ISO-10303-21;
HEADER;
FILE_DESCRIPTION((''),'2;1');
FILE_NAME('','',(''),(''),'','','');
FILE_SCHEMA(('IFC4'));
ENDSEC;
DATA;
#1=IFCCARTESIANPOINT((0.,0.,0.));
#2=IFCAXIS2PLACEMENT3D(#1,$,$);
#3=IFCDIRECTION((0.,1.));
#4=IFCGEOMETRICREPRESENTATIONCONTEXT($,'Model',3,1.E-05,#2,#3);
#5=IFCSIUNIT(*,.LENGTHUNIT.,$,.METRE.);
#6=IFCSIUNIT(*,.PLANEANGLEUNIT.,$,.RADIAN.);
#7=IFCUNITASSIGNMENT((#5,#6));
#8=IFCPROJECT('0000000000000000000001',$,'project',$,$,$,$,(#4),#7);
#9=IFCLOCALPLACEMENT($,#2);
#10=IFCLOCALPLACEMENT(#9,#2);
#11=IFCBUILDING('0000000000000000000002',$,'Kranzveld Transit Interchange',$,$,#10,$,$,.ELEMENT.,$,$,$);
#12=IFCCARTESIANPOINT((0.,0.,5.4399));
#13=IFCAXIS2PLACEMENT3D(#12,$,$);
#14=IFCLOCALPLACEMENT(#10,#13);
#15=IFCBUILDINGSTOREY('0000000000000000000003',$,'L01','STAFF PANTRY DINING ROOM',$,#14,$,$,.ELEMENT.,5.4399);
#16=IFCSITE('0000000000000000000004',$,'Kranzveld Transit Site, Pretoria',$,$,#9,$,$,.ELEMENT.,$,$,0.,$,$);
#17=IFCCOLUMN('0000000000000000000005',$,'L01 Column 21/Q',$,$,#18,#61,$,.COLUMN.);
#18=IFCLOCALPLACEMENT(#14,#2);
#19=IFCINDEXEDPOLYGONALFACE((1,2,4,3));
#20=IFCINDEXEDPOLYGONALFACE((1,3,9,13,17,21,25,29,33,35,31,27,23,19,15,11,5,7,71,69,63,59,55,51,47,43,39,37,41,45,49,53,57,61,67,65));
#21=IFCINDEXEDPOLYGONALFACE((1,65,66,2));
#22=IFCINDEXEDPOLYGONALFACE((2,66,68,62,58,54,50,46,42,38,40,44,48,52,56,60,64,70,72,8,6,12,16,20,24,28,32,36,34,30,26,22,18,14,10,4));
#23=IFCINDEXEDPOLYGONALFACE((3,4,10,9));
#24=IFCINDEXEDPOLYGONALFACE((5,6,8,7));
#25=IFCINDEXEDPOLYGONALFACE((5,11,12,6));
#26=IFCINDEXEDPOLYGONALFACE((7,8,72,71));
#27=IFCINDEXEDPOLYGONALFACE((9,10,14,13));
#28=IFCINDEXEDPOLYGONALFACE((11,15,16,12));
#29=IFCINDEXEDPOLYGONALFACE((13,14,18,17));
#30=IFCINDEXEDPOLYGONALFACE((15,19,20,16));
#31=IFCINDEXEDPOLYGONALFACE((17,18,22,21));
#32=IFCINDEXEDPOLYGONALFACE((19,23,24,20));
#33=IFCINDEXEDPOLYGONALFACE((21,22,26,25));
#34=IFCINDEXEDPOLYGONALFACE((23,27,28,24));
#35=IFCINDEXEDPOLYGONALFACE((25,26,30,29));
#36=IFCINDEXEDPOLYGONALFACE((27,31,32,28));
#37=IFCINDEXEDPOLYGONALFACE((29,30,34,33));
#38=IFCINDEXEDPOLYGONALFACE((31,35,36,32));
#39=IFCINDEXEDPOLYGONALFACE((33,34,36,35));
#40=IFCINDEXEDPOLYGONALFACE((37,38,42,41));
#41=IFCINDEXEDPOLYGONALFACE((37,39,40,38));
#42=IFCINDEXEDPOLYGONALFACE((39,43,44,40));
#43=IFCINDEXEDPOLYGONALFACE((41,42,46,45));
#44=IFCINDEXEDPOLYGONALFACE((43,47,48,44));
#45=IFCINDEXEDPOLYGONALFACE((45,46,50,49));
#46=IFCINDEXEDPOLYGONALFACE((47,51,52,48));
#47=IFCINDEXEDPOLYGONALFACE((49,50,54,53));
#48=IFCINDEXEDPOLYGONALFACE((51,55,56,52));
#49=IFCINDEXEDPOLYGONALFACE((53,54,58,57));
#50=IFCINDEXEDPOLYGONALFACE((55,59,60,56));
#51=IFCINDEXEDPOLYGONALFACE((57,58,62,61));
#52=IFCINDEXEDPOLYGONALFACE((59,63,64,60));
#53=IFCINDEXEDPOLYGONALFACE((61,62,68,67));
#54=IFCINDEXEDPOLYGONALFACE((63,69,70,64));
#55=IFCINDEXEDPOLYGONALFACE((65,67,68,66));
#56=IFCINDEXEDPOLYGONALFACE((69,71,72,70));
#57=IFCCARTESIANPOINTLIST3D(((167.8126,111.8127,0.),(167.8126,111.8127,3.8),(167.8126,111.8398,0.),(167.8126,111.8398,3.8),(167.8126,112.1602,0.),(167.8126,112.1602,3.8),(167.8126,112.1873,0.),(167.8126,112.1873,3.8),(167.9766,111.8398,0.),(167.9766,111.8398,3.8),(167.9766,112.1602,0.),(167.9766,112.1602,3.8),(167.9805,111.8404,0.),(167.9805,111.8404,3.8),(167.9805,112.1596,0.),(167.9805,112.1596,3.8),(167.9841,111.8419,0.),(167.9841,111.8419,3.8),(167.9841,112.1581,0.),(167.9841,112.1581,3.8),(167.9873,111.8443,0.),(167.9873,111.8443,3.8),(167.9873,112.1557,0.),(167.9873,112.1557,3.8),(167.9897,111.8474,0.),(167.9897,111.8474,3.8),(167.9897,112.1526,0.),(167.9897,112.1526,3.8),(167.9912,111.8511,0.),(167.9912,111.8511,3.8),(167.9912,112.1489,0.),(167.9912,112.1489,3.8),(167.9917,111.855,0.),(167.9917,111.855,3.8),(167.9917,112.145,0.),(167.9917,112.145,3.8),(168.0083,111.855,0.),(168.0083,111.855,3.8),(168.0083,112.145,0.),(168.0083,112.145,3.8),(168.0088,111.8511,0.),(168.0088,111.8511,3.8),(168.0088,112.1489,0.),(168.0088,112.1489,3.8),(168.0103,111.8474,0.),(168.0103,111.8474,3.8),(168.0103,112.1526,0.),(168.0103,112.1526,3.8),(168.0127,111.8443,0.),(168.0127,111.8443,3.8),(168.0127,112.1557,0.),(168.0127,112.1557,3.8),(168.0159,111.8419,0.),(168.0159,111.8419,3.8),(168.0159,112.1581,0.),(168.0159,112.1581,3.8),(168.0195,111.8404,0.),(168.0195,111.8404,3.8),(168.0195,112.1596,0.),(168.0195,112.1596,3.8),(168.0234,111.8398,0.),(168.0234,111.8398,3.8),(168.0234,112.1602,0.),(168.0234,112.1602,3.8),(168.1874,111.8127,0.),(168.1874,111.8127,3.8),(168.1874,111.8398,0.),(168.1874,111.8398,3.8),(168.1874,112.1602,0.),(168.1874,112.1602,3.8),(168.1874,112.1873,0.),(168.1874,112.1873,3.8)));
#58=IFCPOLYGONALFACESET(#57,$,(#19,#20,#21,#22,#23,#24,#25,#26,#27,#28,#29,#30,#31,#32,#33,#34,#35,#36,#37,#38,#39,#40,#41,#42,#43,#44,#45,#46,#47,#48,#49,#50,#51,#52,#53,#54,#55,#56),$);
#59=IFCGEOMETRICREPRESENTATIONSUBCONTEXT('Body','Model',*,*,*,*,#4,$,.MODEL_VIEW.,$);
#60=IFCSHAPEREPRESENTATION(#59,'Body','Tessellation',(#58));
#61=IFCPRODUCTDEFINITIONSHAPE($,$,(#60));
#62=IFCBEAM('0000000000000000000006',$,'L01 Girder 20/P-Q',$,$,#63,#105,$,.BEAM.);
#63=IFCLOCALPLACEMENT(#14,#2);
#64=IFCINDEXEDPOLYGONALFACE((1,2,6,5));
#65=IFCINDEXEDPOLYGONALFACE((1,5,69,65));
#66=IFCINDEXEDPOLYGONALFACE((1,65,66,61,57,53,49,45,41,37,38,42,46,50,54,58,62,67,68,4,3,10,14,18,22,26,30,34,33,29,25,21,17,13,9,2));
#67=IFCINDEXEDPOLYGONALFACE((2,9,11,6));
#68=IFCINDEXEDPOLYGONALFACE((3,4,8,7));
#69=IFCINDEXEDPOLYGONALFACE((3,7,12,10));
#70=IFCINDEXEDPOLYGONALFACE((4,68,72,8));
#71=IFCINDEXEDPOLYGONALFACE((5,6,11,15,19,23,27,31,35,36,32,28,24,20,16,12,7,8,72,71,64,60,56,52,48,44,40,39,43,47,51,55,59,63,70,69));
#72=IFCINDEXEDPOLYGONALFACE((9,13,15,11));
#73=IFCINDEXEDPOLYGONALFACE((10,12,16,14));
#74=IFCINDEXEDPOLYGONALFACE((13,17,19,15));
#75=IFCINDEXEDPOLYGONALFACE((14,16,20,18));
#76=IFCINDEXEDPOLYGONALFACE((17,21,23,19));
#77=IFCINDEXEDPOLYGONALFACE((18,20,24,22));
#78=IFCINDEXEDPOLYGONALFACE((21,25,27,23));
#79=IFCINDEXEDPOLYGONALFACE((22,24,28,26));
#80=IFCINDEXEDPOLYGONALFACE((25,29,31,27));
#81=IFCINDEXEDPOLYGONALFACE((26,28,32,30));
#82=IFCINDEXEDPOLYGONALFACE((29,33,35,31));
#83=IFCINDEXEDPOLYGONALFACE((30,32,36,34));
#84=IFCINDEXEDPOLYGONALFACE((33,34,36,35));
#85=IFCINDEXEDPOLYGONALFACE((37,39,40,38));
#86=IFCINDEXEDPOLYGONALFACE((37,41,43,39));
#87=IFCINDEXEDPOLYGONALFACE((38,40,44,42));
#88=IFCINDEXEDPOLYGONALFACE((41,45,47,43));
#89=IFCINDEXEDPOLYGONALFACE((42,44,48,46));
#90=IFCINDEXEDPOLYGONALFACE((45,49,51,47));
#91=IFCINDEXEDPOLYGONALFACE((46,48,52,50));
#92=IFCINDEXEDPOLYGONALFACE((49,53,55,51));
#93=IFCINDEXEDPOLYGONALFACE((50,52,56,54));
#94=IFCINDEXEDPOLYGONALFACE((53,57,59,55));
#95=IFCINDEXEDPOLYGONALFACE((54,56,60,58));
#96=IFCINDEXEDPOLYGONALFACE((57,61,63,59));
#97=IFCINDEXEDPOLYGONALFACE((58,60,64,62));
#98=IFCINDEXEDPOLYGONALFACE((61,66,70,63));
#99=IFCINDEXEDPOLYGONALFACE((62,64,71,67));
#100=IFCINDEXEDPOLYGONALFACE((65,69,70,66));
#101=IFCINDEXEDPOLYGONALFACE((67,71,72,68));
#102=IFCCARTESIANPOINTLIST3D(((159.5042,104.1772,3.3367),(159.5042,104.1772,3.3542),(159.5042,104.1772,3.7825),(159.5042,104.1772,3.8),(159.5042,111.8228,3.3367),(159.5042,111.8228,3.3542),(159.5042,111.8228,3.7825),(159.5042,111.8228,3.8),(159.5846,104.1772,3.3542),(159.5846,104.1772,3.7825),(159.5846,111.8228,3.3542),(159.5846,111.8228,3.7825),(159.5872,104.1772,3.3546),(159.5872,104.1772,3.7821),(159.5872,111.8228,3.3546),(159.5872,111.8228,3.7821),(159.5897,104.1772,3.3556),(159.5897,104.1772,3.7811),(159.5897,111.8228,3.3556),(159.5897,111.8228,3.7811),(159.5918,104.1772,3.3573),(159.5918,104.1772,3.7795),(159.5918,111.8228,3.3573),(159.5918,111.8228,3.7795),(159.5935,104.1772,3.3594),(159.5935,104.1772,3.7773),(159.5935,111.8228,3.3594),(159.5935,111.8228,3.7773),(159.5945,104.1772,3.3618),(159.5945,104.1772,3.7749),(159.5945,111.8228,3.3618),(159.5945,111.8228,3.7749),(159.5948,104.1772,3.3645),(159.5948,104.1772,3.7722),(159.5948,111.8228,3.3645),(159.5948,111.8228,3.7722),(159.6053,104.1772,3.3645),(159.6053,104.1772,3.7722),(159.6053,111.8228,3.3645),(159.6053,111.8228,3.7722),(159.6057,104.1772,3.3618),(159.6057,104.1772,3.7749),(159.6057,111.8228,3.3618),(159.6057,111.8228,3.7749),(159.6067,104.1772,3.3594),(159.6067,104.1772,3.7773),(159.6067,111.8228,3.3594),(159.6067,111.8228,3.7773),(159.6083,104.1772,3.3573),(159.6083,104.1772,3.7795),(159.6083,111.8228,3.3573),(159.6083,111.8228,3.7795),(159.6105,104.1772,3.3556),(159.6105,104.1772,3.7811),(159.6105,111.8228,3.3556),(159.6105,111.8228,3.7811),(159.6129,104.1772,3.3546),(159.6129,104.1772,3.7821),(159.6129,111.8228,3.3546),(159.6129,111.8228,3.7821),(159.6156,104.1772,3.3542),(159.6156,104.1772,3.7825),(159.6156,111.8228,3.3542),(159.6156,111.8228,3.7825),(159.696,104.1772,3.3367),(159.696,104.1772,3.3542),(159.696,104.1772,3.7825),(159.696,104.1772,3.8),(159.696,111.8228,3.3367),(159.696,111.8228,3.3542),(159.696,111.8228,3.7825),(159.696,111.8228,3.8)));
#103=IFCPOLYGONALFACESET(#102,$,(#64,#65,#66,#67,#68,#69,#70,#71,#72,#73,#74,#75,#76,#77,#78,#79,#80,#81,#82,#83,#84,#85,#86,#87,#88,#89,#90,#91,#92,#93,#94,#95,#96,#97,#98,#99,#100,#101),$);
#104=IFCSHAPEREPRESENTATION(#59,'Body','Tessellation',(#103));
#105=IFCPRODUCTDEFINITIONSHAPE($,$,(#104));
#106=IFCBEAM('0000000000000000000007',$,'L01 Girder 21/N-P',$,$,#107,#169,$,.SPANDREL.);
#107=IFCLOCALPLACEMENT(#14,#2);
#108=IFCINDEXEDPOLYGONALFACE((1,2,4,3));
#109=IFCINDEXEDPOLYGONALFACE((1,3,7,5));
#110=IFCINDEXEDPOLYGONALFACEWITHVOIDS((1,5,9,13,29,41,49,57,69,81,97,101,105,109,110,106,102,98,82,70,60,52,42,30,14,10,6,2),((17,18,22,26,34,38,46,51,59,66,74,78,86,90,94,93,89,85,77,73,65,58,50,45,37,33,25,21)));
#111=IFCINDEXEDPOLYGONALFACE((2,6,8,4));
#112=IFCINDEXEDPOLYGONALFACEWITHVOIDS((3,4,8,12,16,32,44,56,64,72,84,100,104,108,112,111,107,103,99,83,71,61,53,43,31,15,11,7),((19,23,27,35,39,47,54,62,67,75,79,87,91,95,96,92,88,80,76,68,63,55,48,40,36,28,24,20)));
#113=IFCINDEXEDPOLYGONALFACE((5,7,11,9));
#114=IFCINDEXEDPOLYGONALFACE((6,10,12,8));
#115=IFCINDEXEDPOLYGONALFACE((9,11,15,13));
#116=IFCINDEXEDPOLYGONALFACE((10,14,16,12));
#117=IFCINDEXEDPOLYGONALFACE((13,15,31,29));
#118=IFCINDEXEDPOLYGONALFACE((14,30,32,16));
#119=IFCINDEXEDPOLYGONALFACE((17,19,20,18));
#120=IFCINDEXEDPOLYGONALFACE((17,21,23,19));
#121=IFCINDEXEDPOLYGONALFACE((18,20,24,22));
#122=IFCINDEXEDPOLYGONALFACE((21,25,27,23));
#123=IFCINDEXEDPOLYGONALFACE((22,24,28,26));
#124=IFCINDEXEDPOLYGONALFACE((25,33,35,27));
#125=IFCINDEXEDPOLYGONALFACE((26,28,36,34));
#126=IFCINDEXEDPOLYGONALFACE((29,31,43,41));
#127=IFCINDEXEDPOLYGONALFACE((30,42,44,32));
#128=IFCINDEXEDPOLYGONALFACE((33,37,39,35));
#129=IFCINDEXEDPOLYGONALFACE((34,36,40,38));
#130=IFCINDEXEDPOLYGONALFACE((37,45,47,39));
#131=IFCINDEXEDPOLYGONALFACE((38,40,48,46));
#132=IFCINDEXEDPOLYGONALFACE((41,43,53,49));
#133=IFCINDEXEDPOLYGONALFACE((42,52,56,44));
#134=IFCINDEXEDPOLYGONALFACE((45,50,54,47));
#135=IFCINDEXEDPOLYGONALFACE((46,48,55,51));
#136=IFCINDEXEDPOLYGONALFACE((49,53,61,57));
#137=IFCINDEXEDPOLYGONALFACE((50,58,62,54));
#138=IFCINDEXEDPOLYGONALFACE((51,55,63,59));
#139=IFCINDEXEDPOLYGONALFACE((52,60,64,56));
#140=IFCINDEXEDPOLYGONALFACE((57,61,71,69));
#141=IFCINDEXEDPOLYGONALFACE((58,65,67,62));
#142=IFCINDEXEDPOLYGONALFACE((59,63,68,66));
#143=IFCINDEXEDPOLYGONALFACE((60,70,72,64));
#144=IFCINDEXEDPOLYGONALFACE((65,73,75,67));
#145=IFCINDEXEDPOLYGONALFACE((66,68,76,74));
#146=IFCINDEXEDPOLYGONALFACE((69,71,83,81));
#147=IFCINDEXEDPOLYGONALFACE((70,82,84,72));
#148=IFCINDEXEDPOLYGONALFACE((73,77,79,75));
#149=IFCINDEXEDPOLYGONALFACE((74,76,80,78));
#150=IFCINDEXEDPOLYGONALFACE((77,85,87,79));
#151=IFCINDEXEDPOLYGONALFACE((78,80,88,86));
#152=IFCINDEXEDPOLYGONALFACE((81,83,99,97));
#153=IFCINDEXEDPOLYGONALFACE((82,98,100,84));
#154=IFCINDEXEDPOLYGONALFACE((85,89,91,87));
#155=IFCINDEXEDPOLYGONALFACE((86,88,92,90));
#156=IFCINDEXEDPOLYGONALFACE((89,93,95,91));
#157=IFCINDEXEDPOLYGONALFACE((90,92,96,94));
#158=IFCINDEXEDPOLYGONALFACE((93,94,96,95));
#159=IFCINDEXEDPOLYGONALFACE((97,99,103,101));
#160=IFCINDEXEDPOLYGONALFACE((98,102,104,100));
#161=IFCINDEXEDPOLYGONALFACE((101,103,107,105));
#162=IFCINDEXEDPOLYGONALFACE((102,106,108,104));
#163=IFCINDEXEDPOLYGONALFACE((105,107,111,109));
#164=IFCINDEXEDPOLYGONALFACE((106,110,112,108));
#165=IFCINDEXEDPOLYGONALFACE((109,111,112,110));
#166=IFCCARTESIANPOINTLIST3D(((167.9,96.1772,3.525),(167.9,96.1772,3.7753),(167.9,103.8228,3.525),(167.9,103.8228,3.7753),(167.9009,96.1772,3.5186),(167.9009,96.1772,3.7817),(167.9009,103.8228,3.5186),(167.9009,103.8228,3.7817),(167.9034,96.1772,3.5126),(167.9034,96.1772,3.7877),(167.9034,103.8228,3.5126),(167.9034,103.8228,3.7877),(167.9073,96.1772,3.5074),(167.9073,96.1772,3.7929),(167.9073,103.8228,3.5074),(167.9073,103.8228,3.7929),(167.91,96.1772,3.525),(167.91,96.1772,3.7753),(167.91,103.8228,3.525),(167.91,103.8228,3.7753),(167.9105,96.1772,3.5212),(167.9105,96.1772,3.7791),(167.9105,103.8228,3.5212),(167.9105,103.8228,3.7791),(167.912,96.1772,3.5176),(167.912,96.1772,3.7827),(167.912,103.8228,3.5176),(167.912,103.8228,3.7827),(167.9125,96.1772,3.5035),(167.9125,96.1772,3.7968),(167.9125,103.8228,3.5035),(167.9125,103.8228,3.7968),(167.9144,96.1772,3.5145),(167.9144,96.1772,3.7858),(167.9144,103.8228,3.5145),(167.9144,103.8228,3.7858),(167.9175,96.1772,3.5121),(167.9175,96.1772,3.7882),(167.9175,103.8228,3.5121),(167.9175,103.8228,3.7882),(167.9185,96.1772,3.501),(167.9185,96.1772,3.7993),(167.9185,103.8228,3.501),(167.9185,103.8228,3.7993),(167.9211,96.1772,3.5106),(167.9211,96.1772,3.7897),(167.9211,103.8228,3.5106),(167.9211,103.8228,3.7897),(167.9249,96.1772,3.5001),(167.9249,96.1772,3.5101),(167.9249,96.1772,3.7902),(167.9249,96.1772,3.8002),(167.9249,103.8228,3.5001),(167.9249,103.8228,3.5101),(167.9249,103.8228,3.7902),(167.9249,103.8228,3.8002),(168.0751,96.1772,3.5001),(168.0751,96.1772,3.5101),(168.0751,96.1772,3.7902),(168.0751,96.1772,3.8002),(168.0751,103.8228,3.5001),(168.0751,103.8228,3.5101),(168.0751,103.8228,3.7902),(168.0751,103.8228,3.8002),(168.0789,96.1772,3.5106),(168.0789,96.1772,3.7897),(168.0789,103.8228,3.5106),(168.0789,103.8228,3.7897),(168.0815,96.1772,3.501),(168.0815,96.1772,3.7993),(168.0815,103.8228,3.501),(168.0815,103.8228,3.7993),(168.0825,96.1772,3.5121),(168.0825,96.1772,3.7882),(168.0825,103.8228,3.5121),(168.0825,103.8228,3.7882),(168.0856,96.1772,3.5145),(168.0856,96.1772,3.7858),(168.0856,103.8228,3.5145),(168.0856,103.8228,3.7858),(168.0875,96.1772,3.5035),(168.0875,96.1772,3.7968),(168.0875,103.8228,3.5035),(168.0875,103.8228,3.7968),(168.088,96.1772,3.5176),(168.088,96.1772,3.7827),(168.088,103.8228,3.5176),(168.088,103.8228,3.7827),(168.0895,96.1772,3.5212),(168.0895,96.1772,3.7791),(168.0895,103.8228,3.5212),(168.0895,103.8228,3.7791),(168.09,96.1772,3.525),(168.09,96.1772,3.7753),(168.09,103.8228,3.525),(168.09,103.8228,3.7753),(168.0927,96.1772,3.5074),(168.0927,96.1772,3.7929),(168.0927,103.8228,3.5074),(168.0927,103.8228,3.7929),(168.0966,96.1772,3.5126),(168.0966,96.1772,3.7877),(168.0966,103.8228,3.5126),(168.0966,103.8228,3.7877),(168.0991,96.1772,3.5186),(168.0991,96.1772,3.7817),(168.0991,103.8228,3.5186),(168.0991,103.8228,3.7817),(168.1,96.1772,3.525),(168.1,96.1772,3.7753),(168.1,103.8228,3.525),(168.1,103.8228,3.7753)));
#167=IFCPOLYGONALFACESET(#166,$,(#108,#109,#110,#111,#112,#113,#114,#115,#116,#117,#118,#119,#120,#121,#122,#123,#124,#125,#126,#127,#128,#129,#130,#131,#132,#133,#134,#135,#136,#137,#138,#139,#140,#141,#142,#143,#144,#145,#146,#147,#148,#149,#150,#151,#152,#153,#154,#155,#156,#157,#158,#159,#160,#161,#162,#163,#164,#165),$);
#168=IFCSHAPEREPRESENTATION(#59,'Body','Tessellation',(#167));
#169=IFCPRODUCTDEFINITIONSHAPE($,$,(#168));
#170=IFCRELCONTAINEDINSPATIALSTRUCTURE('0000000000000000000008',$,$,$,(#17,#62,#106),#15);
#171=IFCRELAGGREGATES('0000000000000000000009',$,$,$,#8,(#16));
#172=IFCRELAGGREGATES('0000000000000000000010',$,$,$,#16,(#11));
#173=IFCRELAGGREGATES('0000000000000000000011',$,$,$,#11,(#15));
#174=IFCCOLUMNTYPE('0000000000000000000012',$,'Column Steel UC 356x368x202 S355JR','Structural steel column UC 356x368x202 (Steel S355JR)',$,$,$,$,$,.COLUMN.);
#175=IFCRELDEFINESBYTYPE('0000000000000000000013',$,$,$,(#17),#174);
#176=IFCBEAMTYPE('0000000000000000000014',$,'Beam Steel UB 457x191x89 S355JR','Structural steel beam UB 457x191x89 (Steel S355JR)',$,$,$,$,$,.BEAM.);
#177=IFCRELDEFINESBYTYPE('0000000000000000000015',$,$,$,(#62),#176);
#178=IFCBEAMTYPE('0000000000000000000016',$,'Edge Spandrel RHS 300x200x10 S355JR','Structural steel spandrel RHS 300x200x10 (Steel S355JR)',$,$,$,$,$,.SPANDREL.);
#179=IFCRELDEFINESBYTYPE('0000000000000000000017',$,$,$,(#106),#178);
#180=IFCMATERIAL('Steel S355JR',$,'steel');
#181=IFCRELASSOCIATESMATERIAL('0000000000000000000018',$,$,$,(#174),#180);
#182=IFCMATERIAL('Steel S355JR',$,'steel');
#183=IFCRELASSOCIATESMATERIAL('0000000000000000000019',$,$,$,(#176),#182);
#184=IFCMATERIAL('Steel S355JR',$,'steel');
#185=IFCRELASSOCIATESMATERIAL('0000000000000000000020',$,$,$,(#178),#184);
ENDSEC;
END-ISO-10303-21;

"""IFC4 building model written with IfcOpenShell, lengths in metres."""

from ifc_helpers import new_model, si_unit, direction, frame, origin, origin_2d, place, context, subcontext, project, spatial, hollow_rectangle, i_section, extrude, material, material_profile, profile_set, type_object, element, save


model = new_model("IFC4")

# Units and contexts
model_context = context("Model", 3, precision=1e-05, world=origin(), true_north=direction((0.0, 1.0)))
body_context = subcontext(model_context, "Body", "Model", "MODEL_VIEW")
ifc_project = project(units=[si_unit("LENGTHUNIT", "METRE"), si_unit("PLANEANGLEUNIT", "RADIAN")], contexts=[model_context])

# Site, building, storey
site_placement = place(None, origin())
site = spatial("IfcSite", under=ifc_project, at=site_placement, Name="Kranzveld Transit Site, Pretoria", CompositionType="ELEMENT", RefElevation=0.0)
building_placement = place(site_placement, origin())
building = spatial("IfcBuilding", under=site, at=building_placement, Name="Kranzveld Transit Interchange", CompositionType="ELEMENT")
storey_placement = place(building_placement, frame((0.0, 0.0, 5.4399)))
storey = spatial("IfcBuildingStorey", under=building, at=storey_placement, Name="L01", Description="STAFF PANTRY DINING ROOM", CompositionType="ELEMENT", Elevation=5.4399)

# Column
ifc_material_1 = material(Name="Steel S355JR", Category="steel")
ifc_material_profile_1 = material_profile(ifc_material_1, i_section(OverallWidth=0.3748, OverallDepth=0.3745, WebThickness=0.0166, FlangeThickness=0.0271, FilletRadius=0.0151, at=origin_2d()), Name="UC 356x368x202")
ifc_profile_set_1 = profile_set([ifc_material_profile_1], Name="Steel S355JR")
column_type = type_object("IfcColumnType", Name="Column Steel UC 356x368x202 S355JR", Description="Structural steel column UC 356x368x202 (Steel S355JR)", PredefinedType="COLUMN", material=ifc_profile_set_1)
for number, where, z_axis, x_axis, name in (
    (1, (168.0, 112.0, 0.0), (0.0, 0.0, 1.0), (1.0, 0.0, 0.0), "L01 Column 21/Q"),
):
    element("IfcColumn", number, at=place(storey_placement, frame(where, z_axis=z_axis, x_axis=x_axis)), inside=storey, type_object=column_type, Name=name, PredefinedType="COLUMN", context=body_context, shape_type="SweptSolid", body=[
        extrude(i_section(OverallWidth=0.3748, OverallDepth=0.3745, WebThickness=0.0166, FlangeThickness=0.0271, FilletRadius=0.0151, at=origin_2d()), origin(), (0.0, 0.0, 1.0), 3.8),
    ])

# Beams
ifc_material_2 = material(Name="Steel S355JR", Category="steel")
ifc_material_profile_2 = material_profile(ifc_material_2, i_section(OverallWidth=0.1919, OverallDepth=0.4634, WebThickness=0.0105, FlangeThickness=0.0176, FilletRadius=0.0103, at=origin_2d()), Name="UB 457x191x89")
ifc_profile_set_2 = profile_set([ifc_material_profile_2], Name="Steel S355JR")
beam_type_1 = type_object("IfcBeamType", Name="Beam Steel UB 457x191x89 S355JR", Description="Structural steel beam UB 457x191x89 (Steel S355JR)", PredefinedType="BEAM", material=ifc_profile_set_2)
beam_1_placement = place(storey_placement, frame((159.6001, 104.1772, 3.5684), z_axis=(0.0, 1.0, 0.0), x_axis=(-1.0, 0.0, 0.0)))
element("IfcBeam", 2, at=beam_1_placement, inside=storey, type_object=beam_type_1, Name="L01 Girder 20/P-Q", PredefinedType="BEAM", context=body_context, shape_type="SweptSolid", body=[
    extrude(i_section(OverallWidth=0.1919, OverallDepth=0.4634, WebThickness=0.0105, FlangeThickness=0.0176, FilletRadius=0.0103, at=origin_2d()), origin(), (0.0, 0.0, 1.0), 7.6455),
])
ifc_material_3 = material(Name="Steel S355JR", Category="steel")
ifc_material_profile_3 = material_profile(ifc_material_3, hollow_rectangle(XDim=0.2, YDim=0.3, WallThickness=0.01, InnerFilletRadius=0.0149, OuterFilletRadius=0.0249, at=origin_2d()), Name="RHS 300x200x10")
ifc_profile_set_3 = profile_set([ifc_material_profile_3], Name="Steel S355JR")
beam_type_2 = type_object("IfcBeamType", Name="Edge Spandrel RHS 300x200x10 S355JR", Description="Structural steel spandrel RHS 300x200x10 (Steel S355JR)", PredefinedType="SPANDREL", material=ifc_profile_set_3)
for number, where, z_axis, x_axis, name in (
    (3, (168.0, 96.1772, 3.6501), (0.0, 1.0, 0.0), (-1.0, 0.0, 0.0), "L01 Girder 21/N-P"),
):
    element("IfcBeam", number, at=place(storey_placement, frame(where, z_axis=z_axis, x_axis=x_axis)), inside=storey, type_object=beam_type_2, Name=name, PredefinedType="SPANDREL", context=body_context, shape_type="SweptSolid", body=[
        extrude(hollow_rectangle(XDim=0.2, YDim=0.3, WallThickness=0.01, InnerFilletRadius=0.0149, OuterFilletRadius=0.0249, at=origin_2d()), origin(), (0.0, 0.0, 1.0), 7.6455),
    ])

save(model, "model.ifc")
